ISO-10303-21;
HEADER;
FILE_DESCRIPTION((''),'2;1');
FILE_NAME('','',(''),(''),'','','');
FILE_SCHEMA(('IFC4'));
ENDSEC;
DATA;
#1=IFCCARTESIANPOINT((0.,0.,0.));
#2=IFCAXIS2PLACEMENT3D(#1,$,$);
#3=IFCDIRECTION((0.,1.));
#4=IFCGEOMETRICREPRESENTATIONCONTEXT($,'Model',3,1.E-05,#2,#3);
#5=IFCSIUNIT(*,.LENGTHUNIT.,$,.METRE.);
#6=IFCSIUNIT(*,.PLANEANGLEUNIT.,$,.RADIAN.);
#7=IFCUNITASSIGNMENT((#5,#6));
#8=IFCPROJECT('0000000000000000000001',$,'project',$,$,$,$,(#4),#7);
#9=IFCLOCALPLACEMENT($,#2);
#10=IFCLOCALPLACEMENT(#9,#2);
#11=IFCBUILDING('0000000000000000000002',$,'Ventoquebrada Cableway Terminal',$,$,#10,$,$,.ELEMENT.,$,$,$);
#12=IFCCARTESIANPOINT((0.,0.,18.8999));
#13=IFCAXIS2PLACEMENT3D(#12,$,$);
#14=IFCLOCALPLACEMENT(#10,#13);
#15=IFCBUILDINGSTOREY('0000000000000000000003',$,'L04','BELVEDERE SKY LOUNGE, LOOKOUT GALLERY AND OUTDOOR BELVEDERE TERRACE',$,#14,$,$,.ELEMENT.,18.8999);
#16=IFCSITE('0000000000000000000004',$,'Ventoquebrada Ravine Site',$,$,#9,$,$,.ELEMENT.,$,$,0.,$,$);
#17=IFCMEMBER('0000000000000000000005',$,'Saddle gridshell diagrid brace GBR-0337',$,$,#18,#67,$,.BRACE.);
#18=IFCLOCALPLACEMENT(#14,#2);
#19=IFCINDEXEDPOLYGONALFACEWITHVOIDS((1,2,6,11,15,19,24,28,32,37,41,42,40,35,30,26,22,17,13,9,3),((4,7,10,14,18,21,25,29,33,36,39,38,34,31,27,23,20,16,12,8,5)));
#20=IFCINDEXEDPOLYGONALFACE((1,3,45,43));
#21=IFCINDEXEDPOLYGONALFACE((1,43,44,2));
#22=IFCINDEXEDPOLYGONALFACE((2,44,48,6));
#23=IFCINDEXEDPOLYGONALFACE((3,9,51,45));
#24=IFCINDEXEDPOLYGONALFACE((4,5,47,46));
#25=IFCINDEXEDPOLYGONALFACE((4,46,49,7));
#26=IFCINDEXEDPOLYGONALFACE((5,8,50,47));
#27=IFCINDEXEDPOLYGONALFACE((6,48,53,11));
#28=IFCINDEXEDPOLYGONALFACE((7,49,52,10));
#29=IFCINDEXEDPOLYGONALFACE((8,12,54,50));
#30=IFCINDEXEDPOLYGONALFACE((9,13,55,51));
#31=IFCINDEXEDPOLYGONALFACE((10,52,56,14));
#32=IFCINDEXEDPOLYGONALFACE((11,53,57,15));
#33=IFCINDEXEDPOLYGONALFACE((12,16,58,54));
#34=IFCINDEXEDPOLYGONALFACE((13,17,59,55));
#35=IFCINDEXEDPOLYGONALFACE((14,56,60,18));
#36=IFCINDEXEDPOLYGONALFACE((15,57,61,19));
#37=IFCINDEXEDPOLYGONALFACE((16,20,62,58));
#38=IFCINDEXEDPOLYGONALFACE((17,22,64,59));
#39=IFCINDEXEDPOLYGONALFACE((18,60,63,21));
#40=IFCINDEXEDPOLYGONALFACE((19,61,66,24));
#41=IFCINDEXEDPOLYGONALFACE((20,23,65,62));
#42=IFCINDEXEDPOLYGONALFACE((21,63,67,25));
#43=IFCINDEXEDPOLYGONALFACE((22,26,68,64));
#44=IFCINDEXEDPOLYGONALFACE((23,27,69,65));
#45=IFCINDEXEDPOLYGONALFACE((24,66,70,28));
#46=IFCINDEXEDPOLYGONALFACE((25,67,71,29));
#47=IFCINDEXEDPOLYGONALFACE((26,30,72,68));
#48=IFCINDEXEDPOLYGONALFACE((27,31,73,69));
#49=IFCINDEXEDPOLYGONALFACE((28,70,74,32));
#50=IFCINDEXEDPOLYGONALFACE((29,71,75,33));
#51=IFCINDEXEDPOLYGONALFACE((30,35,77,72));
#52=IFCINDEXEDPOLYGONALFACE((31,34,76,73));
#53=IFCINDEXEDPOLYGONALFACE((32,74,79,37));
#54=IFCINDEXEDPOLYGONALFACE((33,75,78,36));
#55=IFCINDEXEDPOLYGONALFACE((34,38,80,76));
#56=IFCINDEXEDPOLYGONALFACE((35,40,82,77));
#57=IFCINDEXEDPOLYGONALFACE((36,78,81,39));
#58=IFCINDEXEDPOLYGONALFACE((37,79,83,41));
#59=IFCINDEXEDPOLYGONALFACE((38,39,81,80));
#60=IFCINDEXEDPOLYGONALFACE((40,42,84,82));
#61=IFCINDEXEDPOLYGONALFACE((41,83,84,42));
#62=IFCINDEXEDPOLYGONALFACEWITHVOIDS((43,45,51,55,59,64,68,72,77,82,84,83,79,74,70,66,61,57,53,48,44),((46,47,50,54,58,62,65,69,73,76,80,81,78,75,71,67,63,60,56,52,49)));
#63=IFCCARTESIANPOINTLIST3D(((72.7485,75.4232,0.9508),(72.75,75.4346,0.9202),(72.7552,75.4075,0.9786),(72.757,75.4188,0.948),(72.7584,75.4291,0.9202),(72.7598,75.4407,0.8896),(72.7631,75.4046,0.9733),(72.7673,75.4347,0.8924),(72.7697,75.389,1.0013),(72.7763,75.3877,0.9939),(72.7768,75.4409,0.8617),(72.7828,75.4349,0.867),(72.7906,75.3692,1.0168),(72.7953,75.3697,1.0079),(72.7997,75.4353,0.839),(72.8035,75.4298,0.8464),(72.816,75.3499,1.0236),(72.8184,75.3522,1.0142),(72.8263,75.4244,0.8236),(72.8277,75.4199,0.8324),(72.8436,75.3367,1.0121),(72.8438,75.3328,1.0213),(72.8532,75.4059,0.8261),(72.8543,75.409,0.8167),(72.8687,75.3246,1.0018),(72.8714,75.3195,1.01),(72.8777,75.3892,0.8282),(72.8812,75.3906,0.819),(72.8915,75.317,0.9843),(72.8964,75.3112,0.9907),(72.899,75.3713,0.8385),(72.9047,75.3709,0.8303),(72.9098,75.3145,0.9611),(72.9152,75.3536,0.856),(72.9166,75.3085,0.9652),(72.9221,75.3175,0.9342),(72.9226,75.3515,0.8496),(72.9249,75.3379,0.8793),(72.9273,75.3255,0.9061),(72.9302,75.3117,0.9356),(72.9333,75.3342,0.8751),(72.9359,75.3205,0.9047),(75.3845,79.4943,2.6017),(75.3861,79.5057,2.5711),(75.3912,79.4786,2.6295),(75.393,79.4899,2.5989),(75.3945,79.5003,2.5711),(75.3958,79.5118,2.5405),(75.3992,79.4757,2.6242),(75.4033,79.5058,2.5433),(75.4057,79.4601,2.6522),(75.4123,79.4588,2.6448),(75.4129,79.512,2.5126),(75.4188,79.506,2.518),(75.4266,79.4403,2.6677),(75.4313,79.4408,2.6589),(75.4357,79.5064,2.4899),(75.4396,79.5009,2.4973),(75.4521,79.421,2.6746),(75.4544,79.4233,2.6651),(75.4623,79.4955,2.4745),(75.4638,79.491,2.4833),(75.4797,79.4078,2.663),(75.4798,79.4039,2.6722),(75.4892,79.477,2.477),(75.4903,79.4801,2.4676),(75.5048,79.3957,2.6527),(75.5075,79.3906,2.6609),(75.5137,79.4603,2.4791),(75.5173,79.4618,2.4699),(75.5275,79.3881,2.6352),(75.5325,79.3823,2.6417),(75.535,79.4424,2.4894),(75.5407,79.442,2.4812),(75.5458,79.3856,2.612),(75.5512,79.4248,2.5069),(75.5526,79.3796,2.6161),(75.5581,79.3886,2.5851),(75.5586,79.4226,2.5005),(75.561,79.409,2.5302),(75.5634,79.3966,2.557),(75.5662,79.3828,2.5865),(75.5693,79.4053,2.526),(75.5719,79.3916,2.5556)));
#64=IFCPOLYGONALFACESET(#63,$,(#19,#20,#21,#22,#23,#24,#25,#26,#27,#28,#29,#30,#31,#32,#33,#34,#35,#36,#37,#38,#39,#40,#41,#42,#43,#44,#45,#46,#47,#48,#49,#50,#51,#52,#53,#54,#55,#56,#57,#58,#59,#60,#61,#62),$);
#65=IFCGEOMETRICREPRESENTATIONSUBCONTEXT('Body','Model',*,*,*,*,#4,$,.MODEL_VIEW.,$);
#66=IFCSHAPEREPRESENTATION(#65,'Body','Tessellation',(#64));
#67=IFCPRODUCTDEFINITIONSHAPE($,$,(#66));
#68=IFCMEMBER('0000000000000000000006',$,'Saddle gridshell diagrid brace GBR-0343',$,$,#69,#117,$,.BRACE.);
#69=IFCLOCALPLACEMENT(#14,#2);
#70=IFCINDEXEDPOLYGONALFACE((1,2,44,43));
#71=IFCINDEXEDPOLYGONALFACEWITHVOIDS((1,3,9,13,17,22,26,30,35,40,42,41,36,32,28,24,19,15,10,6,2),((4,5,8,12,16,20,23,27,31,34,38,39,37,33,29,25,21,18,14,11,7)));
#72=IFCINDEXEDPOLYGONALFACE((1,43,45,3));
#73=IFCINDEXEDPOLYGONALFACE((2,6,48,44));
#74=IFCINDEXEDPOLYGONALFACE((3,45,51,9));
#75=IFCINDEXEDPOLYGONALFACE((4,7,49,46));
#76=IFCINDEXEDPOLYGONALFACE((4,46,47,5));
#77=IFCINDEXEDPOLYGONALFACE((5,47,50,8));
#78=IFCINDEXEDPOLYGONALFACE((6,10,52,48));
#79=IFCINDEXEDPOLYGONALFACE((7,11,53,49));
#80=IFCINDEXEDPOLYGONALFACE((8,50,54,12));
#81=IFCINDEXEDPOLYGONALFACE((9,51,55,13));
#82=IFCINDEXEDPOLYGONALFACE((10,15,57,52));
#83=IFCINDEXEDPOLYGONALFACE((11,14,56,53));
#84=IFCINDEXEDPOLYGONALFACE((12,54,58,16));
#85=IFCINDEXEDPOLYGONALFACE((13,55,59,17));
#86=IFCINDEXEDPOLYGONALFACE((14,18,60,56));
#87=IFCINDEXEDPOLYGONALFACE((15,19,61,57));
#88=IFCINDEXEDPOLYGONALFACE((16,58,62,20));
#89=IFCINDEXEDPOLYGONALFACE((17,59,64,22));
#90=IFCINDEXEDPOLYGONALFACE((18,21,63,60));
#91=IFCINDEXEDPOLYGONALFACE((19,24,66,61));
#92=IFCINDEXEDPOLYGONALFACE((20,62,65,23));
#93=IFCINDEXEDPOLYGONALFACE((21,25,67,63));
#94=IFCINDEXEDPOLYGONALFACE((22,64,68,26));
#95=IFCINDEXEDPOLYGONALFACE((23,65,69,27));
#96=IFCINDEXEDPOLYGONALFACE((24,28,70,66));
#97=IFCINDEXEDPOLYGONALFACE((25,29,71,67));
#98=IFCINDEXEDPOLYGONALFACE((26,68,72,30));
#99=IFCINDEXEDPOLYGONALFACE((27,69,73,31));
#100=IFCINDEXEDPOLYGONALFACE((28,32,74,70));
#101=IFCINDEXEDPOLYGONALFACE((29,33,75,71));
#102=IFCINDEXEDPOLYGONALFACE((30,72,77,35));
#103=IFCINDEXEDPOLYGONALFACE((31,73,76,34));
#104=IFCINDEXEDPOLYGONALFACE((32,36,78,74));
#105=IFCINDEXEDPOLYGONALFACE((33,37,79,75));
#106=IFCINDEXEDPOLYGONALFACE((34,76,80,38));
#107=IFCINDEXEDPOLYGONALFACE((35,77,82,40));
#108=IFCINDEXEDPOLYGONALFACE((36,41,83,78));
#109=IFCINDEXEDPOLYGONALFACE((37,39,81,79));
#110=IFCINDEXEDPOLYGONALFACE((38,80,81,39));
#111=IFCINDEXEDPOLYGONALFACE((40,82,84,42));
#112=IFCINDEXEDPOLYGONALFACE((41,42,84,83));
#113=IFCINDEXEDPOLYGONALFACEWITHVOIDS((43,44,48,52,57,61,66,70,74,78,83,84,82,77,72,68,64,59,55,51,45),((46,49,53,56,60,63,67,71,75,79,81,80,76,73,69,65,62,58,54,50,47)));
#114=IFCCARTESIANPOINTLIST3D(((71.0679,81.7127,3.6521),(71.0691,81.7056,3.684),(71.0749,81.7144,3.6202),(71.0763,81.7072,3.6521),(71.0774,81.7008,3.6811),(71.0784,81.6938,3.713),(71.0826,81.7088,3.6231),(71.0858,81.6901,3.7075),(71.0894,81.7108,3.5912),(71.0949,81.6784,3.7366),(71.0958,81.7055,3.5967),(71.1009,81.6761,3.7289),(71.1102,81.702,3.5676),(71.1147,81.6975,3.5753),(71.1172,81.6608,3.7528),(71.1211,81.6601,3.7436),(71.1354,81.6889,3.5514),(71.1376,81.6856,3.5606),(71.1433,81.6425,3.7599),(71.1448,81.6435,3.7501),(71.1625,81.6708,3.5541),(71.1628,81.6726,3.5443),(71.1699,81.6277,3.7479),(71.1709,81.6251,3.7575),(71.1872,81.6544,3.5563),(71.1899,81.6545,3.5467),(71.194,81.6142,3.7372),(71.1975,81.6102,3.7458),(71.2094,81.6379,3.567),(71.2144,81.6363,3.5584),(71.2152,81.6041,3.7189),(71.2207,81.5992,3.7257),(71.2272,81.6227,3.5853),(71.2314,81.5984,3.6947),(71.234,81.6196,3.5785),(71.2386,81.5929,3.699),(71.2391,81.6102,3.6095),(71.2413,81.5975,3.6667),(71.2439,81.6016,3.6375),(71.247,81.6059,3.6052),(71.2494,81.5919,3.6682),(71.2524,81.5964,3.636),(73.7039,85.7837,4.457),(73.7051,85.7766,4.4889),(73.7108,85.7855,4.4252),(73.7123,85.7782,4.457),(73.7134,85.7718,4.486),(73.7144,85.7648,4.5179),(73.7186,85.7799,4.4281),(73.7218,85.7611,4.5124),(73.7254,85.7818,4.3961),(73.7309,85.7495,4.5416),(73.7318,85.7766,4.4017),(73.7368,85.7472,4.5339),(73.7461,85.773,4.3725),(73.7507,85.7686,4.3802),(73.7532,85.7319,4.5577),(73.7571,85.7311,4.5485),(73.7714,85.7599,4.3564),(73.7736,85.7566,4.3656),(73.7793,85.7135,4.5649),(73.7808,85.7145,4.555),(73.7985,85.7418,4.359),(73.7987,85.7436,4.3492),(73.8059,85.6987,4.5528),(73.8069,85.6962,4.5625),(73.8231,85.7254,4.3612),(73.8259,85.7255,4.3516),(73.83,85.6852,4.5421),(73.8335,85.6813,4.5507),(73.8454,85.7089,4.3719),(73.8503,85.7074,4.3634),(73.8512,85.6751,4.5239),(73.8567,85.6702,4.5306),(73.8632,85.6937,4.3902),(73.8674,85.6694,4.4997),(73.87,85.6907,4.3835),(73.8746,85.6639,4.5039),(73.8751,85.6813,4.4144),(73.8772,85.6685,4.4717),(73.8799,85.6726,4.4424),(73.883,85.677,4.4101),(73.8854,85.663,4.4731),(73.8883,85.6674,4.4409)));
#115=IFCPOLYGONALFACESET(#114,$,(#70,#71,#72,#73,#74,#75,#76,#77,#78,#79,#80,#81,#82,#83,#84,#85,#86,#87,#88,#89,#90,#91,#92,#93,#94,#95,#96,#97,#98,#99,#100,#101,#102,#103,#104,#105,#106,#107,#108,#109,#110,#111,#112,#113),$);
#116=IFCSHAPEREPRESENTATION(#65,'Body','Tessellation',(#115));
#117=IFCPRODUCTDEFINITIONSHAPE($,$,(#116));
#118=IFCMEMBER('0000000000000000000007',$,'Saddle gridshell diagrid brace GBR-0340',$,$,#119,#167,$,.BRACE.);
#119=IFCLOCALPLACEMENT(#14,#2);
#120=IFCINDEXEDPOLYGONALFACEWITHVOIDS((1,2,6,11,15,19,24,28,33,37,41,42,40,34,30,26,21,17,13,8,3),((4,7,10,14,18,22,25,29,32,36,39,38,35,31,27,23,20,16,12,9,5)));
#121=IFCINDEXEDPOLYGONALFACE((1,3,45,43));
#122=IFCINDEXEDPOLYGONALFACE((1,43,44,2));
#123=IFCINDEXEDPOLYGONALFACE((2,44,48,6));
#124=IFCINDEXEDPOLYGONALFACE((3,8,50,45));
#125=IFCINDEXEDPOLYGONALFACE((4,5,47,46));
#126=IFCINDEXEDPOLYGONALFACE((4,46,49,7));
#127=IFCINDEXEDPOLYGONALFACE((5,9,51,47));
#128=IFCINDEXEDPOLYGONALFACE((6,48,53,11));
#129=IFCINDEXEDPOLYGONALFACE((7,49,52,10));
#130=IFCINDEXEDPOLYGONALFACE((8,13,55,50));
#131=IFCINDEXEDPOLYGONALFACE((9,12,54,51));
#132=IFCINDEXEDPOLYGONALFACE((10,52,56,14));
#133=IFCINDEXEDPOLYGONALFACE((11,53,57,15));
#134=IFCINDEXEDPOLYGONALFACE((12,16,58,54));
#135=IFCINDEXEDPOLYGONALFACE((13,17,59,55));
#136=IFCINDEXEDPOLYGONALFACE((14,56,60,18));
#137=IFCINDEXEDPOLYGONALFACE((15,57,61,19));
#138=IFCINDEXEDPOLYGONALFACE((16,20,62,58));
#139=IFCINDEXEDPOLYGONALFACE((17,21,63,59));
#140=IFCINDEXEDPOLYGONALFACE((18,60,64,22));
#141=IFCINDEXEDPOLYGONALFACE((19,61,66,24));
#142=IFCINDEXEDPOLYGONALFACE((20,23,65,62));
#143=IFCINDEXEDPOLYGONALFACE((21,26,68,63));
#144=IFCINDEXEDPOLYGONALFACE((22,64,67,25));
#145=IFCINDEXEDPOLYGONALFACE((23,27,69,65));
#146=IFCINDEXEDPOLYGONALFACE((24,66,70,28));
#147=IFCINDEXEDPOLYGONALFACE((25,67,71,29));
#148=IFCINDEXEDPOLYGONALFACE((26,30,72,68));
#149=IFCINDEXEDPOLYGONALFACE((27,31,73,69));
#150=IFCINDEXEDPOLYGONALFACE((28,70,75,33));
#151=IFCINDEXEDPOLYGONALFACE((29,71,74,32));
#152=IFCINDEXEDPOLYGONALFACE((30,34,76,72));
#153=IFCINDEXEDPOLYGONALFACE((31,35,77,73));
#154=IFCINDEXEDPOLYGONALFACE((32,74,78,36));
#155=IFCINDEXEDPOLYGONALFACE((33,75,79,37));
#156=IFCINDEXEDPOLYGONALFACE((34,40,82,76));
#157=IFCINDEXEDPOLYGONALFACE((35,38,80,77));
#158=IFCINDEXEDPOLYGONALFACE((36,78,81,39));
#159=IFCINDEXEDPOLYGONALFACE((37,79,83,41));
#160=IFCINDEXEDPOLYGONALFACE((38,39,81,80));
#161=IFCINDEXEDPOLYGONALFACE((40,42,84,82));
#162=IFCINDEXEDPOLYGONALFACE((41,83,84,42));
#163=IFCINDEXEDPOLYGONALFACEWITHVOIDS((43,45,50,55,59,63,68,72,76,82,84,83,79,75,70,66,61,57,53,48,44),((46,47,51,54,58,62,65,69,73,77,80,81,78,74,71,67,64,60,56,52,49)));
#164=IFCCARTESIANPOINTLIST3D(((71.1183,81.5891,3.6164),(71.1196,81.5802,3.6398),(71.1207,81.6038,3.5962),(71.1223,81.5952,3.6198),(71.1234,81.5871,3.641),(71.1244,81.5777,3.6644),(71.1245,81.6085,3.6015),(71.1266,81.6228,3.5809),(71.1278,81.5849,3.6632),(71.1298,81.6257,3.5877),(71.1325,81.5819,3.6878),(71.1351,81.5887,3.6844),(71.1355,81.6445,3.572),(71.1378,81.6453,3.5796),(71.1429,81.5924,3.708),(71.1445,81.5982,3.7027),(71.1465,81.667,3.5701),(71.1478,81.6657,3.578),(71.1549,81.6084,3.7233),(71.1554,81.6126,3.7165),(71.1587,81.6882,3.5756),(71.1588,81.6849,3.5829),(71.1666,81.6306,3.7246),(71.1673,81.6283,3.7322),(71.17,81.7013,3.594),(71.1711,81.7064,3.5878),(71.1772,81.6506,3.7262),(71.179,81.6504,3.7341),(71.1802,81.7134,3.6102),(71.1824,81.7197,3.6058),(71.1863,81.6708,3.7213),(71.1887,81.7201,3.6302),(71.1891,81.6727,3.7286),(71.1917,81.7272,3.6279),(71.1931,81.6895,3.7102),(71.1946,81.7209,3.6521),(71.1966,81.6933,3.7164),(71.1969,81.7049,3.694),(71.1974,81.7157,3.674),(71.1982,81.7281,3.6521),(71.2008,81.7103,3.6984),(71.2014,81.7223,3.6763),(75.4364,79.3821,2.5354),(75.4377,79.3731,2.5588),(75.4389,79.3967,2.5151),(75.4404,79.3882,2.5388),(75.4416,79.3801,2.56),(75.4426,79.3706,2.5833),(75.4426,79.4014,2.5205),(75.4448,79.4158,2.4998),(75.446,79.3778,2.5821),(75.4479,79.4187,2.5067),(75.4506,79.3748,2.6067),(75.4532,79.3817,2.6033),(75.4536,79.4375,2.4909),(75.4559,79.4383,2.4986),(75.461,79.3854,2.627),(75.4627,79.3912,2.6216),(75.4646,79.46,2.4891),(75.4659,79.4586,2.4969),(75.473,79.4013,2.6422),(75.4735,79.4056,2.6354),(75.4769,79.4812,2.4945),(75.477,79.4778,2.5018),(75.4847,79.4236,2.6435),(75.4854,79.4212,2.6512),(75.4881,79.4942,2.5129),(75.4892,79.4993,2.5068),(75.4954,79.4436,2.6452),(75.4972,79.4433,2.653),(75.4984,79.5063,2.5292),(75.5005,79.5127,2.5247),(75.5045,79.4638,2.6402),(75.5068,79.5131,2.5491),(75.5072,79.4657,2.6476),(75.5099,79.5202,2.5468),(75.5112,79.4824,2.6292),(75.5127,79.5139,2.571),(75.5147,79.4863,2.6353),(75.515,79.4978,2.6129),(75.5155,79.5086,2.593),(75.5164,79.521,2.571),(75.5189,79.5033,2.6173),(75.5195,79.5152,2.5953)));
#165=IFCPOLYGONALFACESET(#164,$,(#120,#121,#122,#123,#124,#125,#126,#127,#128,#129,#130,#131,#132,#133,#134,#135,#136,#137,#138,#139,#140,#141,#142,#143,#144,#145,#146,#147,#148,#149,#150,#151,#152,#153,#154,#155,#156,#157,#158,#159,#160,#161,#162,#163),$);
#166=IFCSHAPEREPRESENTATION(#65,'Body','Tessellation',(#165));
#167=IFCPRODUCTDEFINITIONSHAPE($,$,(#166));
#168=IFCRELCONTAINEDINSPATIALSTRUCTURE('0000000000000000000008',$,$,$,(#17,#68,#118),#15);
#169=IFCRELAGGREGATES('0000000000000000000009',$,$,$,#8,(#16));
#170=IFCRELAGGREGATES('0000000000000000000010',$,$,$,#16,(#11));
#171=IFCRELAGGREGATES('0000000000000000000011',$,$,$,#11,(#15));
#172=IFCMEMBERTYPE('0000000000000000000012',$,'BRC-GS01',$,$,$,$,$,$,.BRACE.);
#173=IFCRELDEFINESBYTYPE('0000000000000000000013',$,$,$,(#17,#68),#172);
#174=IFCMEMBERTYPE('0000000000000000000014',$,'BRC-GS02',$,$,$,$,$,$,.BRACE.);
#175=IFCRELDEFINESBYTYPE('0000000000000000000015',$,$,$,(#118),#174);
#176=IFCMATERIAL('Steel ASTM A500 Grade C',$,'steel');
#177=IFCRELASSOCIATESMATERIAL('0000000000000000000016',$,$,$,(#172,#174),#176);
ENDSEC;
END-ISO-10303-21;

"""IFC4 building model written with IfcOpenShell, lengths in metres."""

from ifc_helpers import new_model, si_unit, direction, frame, origin, origin_2d, place, context, subcontext, project, spatial, hollow_circle, extrude, material, material_profile, profile_set, type_object, element, save


model = new_model("IFC4")

# Units and contexts
model_context = context("Model", 3, precision=1e-05, world=origin(), true_north=direction((0.0, 1.0)))
body_context = subcontext(model_context, "Body", "Model", "MODEL_VIEW")
ifc_project = project(units=[si_unit("LENGTHUNIT", "METRE"), si_unit("PLANEANGLEUNIT", "RADIAN")], contexts=[model_context])

# Site, building, storey
site_placement = place(None, origin())
site = spatial("IfcSite", under=ifc_project, at=site_placement, Name="Ventoquebrada Ravine Site", CompositionType="ELEMENT", RefElevation=0.0)
building_placement = place(site_placement, origin())
building = spatial("IfcBuilding", under=site, at=building_placement, Name="Ventoquebrada Cableway Terminal", CompositionType="ELEMENT")
storey_placement = place(building_placement, frame((0.0, 0.0, 18.8999)))
storey = spatial("IfcBuildingStorey", under=building, at=storey_placement, Name="L04", Description="BELVEDERE SKY LOUNGE, LOOKOUT GALLERY AND OUTDOOR BELVEDERE TERRACE", CompositionType="ELEMENT", Elevation=18.8999)

# Members
ifc_material_1 = material(Name="Steel ASTM A500 Grade C", Category="steel")
ifc_material_profile_1 = material_profile(ifc_material_1, hollow_circle(Radius=0.1096, WallThickness=0.01, at=origin_2d()), Name="CHS219.1X10")
ifc_profile_set_1 = profile_set([ifc_material_profile_1], Name="Steel ASTM A500 Grade C")
member_type_1 = type_object("IfcMemberType", Name="BRC-GS01", PredefinedType="BRACE", material=ifc_profile_set_1)
member_1_placement = place(storey_placement, frame((72.842, 75.375, 0.9202), z_axis=(0.514519, 0.794629, 0.322236), x_axis=(-0.839403, 0.54351, 0.0)))
element("IfcMember", 1, at=member_1_placement, inside=storey, type_object=member_type_1, Name="Saddle gridshell diagrid brace GBR-0337", PredefinedType="BRACE", context=body_context, shape_type="SweptSolid", body=[
    extrude(hollow_circle(Radius=0.1096, WallThickness=0.01, at=origin_2d()), origin(), (0.0, 0.0, 1.0), 5.1233),
])
member_2_placement = place(storey_placement, frame((71.1599, 81.6531, 3.6521), z_axis=(0.536176, 0.828075, 0.163728), x_axis=(-0.839403, 0.54351, 0.0)))
element("IfcMember", 2, at=member_2_placement, inside=storey, type_object=member_type_1, Name="Saddle gridshell diagrid brace GBR-0343", PredefinedType="BRACE", context=body_context, shape_type="SweptSolid", body=[
    extrude(hollow_circle(Radius=0.1096, WallThickness=0.01, at=origin_2d()), origin(), (0.0, 0.0, 1.0), 4.9163),
])
ifc_material_profile_2 = material_profile(ifc_material_1, hollow_circle(Radius=0.0842, WallThickness=0.0081, at=origin_2d()), Name="CHS168.3X8")
ifc_profile_set_2 = profile_set([ifc_material_profile_2], Name="Steel ASTM A500 Grade C")
member_type_2 = type_object("IfcMemberType", Name="BRC-GS02", PredefinedType="BRACE", material=ifc_profile_set_2)
member_3_placement = place(storey_placement, frame((71.1599, 81.6531, 3.6521), z_axis=(0.869102, -0.444207, -0.217583), x_axis=(0.45511, 0.890435, 0.0)))
element("IfcMember", 3, at=member_3_placement, inside=storey, type_object=member_type_2, Name="Saddle gridshell diagrid brace GBR-0340", PredefinedType="BRACE", context=body_context, shape_type="SweptSolid", body=[
    extrude(hollow_circle(Radius=0.0842, WallThickness=0.0081, at=origin_2d()), origin(), (0.0, 0.0, 1.0), 4.9685),
])

save(model, "model.ifc")
